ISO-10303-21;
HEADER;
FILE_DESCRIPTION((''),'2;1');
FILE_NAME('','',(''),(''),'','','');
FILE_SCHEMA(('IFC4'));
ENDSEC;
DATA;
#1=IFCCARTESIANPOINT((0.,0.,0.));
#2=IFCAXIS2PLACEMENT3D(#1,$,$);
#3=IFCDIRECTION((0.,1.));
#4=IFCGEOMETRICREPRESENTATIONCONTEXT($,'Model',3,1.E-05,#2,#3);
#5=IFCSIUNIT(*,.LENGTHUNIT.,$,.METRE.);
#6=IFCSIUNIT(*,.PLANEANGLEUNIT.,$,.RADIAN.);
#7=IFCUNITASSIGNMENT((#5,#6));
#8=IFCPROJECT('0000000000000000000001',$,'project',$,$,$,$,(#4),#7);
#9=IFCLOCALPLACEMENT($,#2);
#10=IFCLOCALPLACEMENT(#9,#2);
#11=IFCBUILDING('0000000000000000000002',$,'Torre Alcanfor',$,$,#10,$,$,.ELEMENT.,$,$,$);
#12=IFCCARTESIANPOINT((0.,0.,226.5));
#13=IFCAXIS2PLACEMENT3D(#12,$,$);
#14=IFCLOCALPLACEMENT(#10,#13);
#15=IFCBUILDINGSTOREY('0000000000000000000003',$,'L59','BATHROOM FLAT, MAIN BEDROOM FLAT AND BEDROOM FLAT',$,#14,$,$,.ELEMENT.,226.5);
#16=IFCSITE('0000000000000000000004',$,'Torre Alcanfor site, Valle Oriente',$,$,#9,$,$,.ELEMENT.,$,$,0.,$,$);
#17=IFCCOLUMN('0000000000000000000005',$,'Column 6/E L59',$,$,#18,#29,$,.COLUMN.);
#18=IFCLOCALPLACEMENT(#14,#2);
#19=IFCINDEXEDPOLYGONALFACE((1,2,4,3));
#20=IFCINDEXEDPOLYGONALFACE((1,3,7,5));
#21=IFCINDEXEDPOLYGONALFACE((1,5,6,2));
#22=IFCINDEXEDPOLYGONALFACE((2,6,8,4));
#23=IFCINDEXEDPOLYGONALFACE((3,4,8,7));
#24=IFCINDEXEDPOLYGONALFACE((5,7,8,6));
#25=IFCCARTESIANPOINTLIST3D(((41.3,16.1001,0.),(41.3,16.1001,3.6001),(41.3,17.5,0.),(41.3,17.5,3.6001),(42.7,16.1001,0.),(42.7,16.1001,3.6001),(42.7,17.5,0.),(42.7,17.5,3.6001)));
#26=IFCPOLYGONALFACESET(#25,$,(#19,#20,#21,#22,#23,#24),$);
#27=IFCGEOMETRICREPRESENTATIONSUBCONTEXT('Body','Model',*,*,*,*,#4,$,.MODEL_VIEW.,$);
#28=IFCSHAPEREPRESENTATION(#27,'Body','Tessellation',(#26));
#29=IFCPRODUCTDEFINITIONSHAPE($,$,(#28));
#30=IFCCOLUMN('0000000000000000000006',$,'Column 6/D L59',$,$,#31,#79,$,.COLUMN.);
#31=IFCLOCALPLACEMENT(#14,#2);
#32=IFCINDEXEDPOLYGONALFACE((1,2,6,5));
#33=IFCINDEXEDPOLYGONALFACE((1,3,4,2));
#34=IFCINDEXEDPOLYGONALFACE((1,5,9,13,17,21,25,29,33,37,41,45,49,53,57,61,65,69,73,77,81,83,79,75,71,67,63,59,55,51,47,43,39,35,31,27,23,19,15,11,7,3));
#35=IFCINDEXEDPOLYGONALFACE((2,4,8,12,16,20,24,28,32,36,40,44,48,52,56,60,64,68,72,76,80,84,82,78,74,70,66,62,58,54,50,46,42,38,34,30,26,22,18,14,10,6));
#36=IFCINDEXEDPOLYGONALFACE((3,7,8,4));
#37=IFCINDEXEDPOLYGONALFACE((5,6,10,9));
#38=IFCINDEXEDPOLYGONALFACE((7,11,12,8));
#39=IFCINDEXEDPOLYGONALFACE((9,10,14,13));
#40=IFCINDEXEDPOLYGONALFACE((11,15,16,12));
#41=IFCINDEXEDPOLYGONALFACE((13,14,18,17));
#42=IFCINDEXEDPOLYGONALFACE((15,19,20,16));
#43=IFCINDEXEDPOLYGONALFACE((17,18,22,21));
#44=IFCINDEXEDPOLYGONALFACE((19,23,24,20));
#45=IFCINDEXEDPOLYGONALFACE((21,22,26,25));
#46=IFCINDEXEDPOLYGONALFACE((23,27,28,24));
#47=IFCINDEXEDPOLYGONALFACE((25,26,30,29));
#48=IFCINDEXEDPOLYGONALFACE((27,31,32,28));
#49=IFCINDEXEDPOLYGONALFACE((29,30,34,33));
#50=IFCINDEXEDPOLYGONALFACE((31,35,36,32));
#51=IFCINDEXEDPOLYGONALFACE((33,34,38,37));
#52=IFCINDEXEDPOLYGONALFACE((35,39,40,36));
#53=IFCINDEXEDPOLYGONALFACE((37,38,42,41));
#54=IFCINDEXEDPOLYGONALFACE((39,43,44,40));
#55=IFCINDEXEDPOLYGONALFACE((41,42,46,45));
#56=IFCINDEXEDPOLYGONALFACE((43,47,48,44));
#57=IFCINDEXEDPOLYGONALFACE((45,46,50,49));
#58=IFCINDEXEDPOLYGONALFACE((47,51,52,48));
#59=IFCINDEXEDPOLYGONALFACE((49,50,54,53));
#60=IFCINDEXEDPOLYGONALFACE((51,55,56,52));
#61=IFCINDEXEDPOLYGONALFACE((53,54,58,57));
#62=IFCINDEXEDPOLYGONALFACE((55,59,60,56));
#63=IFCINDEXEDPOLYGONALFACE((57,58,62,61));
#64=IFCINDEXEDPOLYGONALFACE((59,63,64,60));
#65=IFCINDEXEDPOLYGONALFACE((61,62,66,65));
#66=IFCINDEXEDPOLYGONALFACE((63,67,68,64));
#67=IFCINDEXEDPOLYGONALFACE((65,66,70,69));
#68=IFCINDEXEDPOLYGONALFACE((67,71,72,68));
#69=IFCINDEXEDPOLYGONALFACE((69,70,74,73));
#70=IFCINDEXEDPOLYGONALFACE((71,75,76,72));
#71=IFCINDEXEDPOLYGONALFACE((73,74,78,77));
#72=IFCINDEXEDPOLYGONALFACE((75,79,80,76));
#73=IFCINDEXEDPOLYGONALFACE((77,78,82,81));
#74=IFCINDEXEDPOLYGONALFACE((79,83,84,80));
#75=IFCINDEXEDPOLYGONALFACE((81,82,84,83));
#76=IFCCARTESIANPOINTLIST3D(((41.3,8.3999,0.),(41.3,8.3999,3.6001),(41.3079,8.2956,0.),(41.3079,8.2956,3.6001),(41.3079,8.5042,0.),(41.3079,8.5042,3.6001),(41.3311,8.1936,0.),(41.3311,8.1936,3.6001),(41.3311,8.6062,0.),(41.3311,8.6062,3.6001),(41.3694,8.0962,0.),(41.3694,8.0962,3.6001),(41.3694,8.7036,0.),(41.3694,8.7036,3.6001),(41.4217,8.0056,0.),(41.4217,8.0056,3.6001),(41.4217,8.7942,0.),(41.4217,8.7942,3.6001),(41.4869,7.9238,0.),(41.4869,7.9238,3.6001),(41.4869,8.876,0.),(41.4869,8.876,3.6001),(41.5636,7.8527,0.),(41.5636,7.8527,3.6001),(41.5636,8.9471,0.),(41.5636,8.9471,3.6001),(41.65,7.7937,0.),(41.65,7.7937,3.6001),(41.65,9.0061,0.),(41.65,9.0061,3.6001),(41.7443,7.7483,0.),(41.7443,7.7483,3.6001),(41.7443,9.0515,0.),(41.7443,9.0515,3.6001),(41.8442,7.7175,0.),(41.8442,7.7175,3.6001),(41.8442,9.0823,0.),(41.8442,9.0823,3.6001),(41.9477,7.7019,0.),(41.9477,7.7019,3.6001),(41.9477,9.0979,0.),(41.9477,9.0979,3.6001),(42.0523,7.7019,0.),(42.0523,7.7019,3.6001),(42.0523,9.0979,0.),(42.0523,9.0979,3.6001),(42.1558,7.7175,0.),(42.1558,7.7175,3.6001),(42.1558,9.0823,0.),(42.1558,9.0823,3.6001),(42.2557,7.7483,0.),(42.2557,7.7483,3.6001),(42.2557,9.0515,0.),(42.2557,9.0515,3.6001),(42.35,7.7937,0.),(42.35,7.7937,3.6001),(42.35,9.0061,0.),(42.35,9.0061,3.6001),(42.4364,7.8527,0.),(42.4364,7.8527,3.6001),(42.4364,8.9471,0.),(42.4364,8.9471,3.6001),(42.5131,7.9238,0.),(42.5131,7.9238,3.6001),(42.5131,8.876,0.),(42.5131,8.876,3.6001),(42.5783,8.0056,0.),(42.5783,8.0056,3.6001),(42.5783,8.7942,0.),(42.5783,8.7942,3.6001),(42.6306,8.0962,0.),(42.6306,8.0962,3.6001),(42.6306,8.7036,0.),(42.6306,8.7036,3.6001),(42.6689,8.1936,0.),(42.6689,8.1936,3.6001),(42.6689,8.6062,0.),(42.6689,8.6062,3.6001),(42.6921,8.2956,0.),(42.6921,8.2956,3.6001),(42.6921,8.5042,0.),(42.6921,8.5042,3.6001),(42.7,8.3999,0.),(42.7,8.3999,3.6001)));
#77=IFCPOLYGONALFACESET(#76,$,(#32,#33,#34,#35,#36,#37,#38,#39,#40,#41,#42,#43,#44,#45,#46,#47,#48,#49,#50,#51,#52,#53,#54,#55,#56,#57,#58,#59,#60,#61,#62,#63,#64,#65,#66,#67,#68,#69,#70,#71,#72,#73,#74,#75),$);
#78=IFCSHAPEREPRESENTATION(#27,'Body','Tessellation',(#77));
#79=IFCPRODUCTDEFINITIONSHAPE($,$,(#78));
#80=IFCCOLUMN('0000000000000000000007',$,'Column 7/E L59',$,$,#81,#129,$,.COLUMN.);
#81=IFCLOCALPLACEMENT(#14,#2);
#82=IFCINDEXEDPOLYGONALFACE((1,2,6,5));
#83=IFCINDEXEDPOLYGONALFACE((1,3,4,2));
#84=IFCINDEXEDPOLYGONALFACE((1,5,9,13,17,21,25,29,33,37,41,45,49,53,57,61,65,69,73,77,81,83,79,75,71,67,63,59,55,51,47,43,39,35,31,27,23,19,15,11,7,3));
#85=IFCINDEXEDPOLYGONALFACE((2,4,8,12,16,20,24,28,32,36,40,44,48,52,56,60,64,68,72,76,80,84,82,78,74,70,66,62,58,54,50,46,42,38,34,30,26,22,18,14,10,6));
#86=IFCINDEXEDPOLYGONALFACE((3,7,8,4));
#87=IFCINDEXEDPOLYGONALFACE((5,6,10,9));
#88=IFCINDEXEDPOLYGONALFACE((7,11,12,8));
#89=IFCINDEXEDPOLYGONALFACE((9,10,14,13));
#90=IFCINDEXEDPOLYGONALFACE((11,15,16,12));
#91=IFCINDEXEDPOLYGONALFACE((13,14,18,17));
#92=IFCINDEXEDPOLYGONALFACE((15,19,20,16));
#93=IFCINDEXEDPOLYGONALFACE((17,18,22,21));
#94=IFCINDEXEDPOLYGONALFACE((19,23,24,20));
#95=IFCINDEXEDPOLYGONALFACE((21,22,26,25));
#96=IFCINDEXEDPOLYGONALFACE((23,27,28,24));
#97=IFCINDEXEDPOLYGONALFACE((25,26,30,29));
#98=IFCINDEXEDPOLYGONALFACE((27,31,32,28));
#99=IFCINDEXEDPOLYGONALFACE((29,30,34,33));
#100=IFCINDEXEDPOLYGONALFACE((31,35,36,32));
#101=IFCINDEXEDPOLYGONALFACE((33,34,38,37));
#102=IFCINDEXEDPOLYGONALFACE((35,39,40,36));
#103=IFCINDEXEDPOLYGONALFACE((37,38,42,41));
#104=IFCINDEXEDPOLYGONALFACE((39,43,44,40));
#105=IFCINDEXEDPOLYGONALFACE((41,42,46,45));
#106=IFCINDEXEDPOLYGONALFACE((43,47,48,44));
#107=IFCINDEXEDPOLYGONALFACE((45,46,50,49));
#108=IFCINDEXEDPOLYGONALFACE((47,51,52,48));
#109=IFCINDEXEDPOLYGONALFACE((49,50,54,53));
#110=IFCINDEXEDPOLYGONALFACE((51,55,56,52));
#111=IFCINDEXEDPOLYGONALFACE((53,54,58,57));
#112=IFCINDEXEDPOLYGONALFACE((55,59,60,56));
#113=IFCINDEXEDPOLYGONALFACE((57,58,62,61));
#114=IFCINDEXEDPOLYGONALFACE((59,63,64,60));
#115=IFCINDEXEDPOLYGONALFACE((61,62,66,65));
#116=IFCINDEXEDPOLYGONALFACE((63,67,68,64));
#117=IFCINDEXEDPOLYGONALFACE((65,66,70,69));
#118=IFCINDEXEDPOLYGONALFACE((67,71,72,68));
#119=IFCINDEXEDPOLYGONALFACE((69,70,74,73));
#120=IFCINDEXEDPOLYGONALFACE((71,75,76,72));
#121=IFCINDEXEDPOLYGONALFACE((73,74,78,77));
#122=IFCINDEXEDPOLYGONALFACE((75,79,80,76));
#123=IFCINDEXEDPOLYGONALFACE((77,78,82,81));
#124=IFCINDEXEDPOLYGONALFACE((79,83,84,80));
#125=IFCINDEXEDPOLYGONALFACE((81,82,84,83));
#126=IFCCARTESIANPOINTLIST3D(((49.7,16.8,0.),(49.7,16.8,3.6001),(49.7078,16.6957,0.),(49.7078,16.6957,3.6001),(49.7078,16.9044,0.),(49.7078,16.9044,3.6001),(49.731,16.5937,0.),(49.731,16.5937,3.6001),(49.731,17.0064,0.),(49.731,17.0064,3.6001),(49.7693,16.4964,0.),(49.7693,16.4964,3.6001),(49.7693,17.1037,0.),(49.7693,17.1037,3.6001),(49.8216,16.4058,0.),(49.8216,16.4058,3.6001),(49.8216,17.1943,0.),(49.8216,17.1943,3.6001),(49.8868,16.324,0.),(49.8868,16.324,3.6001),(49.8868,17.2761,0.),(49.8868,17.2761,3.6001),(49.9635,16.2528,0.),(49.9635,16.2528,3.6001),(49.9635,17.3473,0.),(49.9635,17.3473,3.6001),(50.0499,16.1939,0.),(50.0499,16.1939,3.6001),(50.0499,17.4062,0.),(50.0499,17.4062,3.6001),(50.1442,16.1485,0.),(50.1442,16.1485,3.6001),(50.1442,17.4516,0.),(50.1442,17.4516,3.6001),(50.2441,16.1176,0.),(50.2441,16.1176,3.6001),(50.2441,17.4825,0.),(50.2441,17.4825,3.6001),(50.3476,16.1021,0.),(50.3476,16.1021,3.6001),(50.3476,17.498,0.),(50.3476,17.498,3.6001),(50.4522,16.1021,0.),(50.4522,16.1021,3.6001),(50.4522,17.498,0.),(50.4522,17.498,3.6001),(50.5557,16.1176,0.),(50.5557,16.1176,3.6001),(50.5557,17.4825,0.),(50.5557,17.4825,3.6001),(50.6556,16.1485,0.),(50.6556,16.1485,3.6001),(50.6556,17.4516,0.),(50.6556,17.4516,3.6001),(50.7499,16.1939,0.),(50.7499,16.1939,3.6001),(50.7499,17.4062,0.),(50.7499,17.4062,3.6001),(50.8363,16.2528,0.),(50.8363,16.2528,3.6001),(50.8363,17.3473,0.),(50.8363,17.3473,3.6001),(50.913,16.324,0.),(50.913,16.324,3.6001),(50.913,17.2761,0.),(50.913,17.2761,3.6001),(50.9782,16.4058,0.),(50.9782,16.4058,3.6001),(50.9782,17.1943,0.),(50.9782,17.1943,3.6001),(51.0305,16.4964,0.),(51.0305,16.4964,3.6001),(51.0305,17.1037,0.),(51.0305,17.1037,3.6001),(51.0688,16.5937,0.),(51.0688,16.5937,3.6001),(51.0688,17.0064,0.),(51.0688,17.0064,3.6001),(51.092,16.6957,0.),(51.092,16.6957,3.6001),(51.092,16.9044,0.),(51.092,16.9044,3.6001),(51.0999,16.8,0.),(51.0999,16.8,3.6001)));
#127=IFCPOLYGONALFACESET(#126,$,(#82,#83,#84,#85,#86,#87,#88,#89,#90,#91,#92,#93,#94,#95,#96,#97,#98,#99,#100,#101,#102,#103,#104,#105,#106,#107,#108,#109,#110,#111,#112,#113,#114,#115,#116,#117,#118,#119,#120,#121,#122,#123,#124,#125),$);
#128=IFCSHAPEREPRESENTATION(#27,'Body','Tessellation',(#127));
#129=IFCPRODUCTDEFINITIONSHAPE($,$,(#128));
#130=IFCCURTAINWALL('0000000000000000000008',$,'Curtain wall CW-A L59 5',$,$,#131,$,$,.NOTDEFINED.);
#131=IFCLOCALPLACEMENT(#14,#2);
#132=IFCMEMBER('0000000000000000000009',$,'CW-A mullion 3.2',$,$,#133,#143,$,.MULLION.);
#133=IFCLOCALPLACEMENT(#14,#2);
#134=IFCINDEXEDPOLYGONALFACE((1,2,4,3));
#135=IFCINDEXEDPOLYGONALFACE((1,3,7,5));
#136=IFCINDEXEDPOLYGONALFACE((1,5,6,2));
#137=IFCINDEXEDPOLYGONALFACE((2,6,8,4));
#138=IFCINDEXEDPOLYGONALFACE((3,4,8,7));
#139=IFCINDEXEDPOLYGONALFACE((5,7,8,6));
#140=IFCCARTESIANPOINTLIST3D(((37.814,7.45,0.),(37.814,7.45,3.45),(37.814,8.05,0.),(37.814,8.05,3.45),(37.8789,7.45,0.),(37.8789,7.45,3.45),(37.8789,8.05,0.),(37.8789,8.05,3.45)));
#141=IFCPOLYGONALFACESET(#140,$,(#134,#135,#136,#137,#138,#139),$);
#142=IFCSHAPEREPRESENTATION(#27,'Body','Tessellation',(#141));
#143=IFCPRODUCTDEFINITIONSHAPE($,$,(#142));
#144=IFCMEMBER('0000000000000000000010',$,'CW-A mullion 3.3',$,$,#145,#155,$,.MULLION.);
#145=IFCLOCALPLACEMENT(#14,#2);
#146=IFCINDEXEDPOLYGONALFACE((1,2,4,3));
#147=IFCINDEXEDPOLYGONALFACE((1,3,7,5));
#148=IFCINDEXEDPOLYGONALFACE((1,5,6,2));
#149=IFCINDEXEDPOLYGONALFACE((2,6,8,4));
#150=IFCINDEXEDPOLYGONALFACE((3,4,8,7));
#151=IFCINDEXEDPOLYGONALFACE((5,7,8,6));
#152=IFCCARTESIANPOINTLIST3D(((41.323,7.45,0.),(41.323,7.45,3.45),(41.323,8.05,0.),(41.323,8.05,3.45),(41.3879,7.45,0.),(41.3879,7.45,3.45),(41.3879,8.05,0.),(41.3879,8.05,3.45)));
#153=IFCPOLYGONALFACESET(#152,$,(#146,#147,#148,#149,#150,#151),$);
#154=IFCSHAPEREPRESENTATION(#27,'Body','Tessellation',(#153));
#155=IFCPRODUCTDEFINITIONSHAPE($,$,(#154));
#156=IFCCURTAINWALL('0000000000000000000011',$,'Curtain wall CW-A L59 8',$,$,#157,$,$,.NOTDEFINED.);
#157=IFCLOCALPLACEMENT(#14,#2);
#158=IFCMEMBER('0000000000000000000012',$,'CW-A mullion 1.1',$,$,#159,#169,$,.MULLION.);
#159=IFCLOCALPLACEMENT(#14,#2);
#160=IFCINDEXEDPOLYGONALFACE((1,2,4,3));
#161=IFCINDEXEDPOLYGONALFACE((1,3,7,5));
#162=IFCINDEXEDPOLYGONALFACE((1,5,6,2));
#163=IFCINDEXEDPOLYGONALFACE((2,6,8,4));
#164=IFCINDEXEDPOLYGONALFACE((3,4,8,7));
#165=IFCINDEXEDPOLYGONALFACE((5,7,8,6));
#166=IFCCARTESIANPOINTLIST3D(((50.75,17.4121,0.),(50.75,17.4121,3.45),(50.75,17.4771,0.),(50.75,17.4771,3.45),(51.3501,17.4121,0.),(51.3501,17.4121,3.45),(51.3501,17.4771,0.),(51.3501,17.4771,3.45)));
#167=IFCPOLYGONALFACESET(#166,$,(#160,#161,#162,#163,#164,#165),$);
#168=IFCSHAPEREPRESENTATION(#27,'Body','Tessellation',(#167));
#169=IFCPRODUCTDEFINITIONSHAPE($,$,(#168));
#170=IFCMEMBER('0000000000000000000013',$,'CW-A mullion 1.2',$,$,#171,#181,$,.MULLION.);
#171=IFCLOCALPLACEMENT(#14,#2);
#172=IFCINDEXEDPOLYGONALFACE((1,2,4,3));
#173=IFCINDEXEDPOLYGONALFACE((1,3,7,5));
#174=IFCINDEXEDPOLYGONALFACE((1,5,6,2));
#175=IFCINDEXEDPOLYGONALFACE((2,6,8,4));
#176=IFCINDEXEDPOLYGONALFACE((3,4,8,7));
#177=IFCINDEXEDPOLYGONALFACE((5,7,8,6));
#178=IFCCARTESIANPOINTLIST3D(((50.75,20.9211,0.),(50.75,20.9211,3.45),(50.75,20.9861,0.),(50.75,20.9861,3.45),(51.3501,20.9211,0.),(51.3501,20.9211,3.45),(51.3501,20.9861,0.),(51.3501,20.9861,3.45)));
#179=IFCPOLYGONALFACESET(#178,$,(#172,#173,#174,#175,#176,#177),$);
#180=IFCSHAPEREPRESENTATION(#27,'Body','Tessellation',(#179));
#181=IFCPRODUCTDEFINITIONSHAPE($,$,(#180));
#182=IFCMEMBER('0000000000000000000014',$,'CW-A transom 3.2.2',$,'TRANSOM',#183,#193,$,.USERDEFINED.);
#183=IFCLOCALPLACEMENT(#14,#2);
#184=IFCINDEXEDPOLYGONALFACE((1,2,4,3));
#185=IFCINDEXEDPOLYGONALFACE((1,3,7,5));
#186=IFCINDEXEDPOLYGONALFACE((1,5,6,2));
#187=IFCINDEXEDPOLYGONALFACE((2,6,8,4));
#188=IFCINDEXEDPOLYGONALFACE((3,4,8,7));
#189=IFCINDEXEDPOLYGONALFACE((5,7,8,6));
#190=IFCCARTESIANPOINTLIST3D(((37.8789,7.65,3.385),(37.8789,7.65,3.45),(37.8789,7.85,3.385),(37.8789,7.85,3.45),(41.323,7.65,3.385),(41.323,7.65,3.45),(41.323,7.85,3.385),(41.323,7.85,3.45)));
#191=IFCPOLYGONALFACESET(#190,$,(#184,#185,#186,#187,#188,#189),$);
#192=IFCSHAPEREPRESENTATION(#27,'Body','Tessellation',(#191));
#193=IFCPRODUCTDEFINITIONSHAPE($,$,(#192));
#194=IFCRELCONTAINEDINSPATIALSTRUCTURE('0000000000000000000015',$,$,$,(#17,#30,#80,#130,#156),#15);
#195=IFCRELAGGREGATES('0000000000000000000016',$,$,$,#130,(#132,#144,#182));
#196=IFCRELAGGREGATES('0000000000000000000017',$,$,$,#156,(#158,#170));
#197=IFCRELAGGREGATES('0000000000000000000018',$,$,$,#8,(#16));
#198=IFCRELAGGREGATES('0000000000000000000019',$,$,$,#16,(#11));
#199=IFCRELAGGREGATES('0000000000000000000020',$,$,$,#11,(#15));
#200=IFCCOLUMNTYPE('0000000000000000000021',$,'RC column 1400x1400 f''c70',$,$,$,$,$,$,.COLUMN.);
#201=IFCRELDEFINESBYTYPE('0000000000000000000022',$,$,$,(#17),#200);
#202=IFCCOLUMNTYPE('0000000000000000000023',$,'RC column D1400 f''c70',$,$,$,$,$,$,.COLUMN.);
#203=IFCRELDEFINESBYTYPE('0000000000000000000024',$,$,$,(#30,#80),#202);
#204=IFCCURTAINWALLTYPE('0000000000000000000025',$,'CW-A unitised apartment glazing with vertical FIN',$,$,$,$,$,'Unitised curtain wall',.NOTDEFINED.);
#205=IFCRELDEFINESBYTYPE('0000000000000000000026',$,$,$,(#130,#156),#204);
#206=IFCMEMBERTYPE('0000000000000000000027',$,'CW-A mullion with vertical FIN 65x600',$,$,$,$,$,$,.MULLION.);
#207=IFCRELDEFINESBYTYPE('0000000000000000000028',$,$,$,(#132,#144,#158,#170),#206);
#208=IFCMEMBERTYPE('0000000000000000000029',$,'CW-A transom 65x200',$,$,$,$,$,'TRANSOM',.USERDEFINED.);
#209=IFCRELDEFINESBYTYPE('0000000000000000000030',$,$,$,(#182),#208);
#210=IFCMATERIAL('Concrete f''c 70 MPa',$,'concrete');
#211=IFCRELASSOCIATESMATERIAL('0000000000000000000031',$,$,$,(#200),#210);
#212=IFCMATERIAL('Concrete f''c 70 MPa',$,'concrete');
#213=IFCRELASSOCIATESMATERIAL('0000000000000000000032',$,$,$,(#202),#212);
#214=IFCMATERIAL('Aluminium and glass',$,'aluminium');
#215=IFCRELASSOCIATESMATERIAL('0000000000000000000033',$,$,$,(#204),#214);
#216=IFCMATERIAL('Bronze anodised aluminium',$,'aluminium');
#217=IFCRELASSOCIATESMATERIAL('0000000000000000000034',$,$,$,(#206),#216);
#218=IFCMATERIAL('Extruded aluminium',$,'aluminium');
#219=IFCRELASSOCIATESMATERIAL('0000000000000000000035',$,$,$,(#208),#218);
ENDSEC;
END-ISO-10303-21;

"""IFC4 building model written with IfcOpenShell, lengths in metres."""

from ifc_helpers import new_model, si_unit, direction, frame, origin, origin_2d, place, context, subcontext, project, spatial, rectangle, circle, extrude, material, material_profile, profile_set, type_object, element, aggregate, save


model = new_model("IFC4")

# Units and contexts
model_context = context("Model", 3, precision=1e-05, world=origin(), true_north=direction((0.0, 1.0)))
body_context = subcontext(model_context, "Body", "Model", "MODEL_VIEW")
ifc_project = project(units=[si_unit("LENGTHUNIT", "METRE"), si_unit("PLANEANGLEUNIT", "RADIAN")], contexts=[model_context])

# Site, building, storey
site_placement = place(None, origin())
site = spatial("IfcSite", under=ifc_project, at=site_placement, Name="Torre Alcanfor site, Valle Oriente", CompositionType="ELEMENT", RefElevation=0.0)
building_placement = place(site_placement, origin())
building = spatial("IfcBuilding", under=site, at=building_placement, Name="Torre Alcanfor", CompositionType="ELEMENT")
storey_placement = place(building_placement, frame((0.0, 0.0, 226.5)))
storey = spatial("IfcBuildingStorey", under=building, at=storey_placement, Name="L59", Description="BATHROOM FLAT, MAIN BEDROOM FLAT AND BEDROOM FLAT", CompositionType="ELEMENT", Elevation=226.5)

# Columns
ifc_material_1 = material(Name="Concrete f'c 70 MPa", Category="concrete")
ifc_material_profile_1 = material_profile(ifc_material_1, rectangle(XDim=1.3999, YDim=1.3999, at=origin_2d()), Name="1400x1400")
ifc_profile_set_1 = profile_set([ifc_material_profile_1], Name="Concrete f'c 70 MPa")
column_type_1 = type_object("IfcColumnType", Name="RC column 1400x1400 f'c70", PredefinedType="COLUMN", material=ifc_profile_set_1)
column_placement = place(storey_placement, frame((42.0, 16.8, 0.0), z_axis=(0.0, 0.0, 1.0), x_axis=(1.0, 0.0, 0.0)))
element("IfcColumn", 1, at=column_placement, inside=storey, type_object=column_type_1, Name="Column 6/E L59", PredefinedType="COLUMN", context=body_context, shape_type="SweptSolid", body=[
    extrude(rectangle(XDim=1.3999, YDim=1.3999, at=origin_2d()), origin(), (0.0, 0.0, 1.0), 3.6001),
])
ifc_material_2 = material(Name="Concrete f'c 70 MPa", Category="concrete")
ifc_material_profile_2 = material_profile(ifc_material_2, circle(Radius=0.7, at=origin_2d()), Name="D1400")
ifc_profile_set_2 = profile_set([ifc_material_profile_2], Name="Concrete f'c 70 MPa")
column_type_2 = type_object("IfcColumnType", Name="RC column D1400 f'c70", PredefinedType="COLUMN", material=ifc_profile_set_2)
for number, where, z_axis, x_axis, name in (
    (2, (42.0, 8.3999, 0.0), (0.0, 0.0, 1.0), (1.0, 0.0, 0.0), "Column 6/D L59"),
    (3, (50.3999, 16.8, 0.0), (0.0, 0.0, 1.0), (1.0, 0.0, 0.0), "Column 7/E L59"),
):
    element("IfcColumn", number, at=place(storey_placement, frame(where, z_axis=z_axis, x_axis=x_axis)), inside=storey, type_object=column_type_2, Name=name, PredefinedType="COLUMN", context=body_context, shape_type="SweptSolid", body=[
        extrude(circle(Radius=0.7, at=origin_2d()), origin(), (0.0, 0.0, 1.0), 3.6001),
    ])

# Curtain walls, members
ifc_material_3 = material(Name="Aluminium and glass", Category="aluminium")
curtain_wall_type = type_object("IfcCurtainWallType", Name="CW-A unitised apartment glazing with vertical FIN", ElementType="Unitised curtain wall", PredefinedType="NOTDEFINED", material=ifc_material_3)
curtain_wall_1_placement = place(storey_placement, origin())
curtain_wall_1 = element("IfcCurtainWall", 4, at=curtain_wall_1_placement, inside=storey, type_object=curtain_wall_type, Name="Curtain wall CW-A L59 5", PredefinedType="NOTDEFINED")
ifc_material_4 = material(Name="Bronze anodised aluminium", Category="aluminium")
ifc_material_profile_3 = material_profile(ifc_material_4, rectangle(XDim=0.6001, YDim=0.0649, at=origin_2d()), Name="CW-A mullion 65x600")
ifc_profile_set_3 = profile_set([ifc_material_profile_3], Name="Bronze anodised aluminium")
member_type_1 = type_object("IfcMemberType", Name="CW-A mullion with vertical FIN 65x600", PredefinedType="MULLION", material=ifc_profile_set_3)
member_1_placement = place(storey_placement, frame((37.8464, 7.75, 0.0), z_axis=(0.0, 0.0, 1.0), x_axis=(0.0, 1.0, 0.0)))
member_1 = element("IfcMember", 5, at=member_1_placement, type_object=member_type_1, Name="CW-A mullion 3.2", PredefinedType="MULLION", context=body_context, shape_type="SweptSolid", body=[
    extrude(rectangle(XDim=0.6001, YDim=0.0649, at=origin_2d()), origin(), (0.0, 0.0, 1.0), 3.45),
])
member_2_placement = place(storey_placement, frame((41.3555, 7.75, 0.0), z_axis=(0.0, 0.0, 1.0), x_axis=(0.0, 1.0, 0.0)))
member_2 = element("IfcMember", 6, at=member_2_placement, type_object=member_type_1, Name="CW-A mullion 3.3", PredefinedType="MULLION", context=body_context, shape_type="SweptSolid", body=[
    extrude(rectangle(XDim=0.6001, YDim=0.0649, at=origin_2d()), origin(), (0.0, 0.0, 1.0), 3.45),
])
curtain_wall_2_placement = place(storey_placement, origin())
curtain_wall_2 = element("IfcCurtainWall", 7, at=curtain_wall_2_placement, inside=storey, type_object=curtain_wall_type, Name="Curtain wall CW-A L59 8", PredefinedType="NOTDEFINED")
member_3_placement = place(storey_placement, frame((51.05, 17.4446, 0.0), z_axis=(0.0, 0.0, 1.0), x_axis=(-1.0, 0.0, 0.0)))
member_3 = element("IfcMember", 8, at=member_3_placement, type_object=member_type_1, Name="CW-A mullion 1.1", PredefinedType="MULLION", context=body_context, shape_type="SweptSolid", body=[
    extrude(rectangle(XDim=0.6001, YDim=0.0649, at=origin_2d()), origin(), (0.0, 0.0, 1.0), 3.45),
])
member_4_placement = place(storey_placement, frame((51.05, 20.9536, 0.0), z_axis=(0.0, 0.0, 1.0), x_axis=(-1.0, 0.0, 0.0)))
member_4 = element("IfcMember", 9, at=member_4_placement, type_object=member_type_1, Name="CW-A mullion 1.2", PredefinedType="MULLION", context=body_context, shape_type="SweptSolid", body=[
    extrude(rectangle(XDim=0.6001, YDim=0.0649, at=origin_2d()), origin(), (0.0, 0.0, 1.0), 3.45),
])

# Member
ifc_material_5 = material(Name="Extruded aluminium", Category="aluminium")
ifc_material_profile_4 = material_profile(ifc_material_5, rectangle(XDim=0.2, YDim=0.0649, at=origin_2d()), Name="CW-A transom 200x65")
ifc_profile_set_4 = profile_set([ifc_material_profile_4], Name="Extruded aluminium")
member_type_2 = type_object("IfcMemberType", Name="CW-A transom 65x200", ElementType="TRANSOM", PredefinedType="USERDEFINED", material=ifc_profile_set_4)
member_5_placement = place(storey_placement, frame((37.8789, 7.75, 3.4175), z_axis=(1.0, 0.0, 0.0), x_axis=(0.0, 1.0, 0.0)))
member_5 = element("IfcMember", 10, at=member_5_placement, type_object=member_type_2, Name="CW-A transom 3.2.2", ObjectType="TRANSOM", PredefinedType="USERDEFINED", context=body_context, shape_type="SweptSolid", body=[
    extrude(rectangle(XDim=0.2, YDim=0.0649, at=origin_2d()), origin(), (0.0, 0.0, 1.0), 3.4441),
])

aggregate(curtain_wall_1, [member_1, member_2, member_5])
aggregate(curtain_wall_2, [member_3, member_4])

save(model, "model.ifc")
